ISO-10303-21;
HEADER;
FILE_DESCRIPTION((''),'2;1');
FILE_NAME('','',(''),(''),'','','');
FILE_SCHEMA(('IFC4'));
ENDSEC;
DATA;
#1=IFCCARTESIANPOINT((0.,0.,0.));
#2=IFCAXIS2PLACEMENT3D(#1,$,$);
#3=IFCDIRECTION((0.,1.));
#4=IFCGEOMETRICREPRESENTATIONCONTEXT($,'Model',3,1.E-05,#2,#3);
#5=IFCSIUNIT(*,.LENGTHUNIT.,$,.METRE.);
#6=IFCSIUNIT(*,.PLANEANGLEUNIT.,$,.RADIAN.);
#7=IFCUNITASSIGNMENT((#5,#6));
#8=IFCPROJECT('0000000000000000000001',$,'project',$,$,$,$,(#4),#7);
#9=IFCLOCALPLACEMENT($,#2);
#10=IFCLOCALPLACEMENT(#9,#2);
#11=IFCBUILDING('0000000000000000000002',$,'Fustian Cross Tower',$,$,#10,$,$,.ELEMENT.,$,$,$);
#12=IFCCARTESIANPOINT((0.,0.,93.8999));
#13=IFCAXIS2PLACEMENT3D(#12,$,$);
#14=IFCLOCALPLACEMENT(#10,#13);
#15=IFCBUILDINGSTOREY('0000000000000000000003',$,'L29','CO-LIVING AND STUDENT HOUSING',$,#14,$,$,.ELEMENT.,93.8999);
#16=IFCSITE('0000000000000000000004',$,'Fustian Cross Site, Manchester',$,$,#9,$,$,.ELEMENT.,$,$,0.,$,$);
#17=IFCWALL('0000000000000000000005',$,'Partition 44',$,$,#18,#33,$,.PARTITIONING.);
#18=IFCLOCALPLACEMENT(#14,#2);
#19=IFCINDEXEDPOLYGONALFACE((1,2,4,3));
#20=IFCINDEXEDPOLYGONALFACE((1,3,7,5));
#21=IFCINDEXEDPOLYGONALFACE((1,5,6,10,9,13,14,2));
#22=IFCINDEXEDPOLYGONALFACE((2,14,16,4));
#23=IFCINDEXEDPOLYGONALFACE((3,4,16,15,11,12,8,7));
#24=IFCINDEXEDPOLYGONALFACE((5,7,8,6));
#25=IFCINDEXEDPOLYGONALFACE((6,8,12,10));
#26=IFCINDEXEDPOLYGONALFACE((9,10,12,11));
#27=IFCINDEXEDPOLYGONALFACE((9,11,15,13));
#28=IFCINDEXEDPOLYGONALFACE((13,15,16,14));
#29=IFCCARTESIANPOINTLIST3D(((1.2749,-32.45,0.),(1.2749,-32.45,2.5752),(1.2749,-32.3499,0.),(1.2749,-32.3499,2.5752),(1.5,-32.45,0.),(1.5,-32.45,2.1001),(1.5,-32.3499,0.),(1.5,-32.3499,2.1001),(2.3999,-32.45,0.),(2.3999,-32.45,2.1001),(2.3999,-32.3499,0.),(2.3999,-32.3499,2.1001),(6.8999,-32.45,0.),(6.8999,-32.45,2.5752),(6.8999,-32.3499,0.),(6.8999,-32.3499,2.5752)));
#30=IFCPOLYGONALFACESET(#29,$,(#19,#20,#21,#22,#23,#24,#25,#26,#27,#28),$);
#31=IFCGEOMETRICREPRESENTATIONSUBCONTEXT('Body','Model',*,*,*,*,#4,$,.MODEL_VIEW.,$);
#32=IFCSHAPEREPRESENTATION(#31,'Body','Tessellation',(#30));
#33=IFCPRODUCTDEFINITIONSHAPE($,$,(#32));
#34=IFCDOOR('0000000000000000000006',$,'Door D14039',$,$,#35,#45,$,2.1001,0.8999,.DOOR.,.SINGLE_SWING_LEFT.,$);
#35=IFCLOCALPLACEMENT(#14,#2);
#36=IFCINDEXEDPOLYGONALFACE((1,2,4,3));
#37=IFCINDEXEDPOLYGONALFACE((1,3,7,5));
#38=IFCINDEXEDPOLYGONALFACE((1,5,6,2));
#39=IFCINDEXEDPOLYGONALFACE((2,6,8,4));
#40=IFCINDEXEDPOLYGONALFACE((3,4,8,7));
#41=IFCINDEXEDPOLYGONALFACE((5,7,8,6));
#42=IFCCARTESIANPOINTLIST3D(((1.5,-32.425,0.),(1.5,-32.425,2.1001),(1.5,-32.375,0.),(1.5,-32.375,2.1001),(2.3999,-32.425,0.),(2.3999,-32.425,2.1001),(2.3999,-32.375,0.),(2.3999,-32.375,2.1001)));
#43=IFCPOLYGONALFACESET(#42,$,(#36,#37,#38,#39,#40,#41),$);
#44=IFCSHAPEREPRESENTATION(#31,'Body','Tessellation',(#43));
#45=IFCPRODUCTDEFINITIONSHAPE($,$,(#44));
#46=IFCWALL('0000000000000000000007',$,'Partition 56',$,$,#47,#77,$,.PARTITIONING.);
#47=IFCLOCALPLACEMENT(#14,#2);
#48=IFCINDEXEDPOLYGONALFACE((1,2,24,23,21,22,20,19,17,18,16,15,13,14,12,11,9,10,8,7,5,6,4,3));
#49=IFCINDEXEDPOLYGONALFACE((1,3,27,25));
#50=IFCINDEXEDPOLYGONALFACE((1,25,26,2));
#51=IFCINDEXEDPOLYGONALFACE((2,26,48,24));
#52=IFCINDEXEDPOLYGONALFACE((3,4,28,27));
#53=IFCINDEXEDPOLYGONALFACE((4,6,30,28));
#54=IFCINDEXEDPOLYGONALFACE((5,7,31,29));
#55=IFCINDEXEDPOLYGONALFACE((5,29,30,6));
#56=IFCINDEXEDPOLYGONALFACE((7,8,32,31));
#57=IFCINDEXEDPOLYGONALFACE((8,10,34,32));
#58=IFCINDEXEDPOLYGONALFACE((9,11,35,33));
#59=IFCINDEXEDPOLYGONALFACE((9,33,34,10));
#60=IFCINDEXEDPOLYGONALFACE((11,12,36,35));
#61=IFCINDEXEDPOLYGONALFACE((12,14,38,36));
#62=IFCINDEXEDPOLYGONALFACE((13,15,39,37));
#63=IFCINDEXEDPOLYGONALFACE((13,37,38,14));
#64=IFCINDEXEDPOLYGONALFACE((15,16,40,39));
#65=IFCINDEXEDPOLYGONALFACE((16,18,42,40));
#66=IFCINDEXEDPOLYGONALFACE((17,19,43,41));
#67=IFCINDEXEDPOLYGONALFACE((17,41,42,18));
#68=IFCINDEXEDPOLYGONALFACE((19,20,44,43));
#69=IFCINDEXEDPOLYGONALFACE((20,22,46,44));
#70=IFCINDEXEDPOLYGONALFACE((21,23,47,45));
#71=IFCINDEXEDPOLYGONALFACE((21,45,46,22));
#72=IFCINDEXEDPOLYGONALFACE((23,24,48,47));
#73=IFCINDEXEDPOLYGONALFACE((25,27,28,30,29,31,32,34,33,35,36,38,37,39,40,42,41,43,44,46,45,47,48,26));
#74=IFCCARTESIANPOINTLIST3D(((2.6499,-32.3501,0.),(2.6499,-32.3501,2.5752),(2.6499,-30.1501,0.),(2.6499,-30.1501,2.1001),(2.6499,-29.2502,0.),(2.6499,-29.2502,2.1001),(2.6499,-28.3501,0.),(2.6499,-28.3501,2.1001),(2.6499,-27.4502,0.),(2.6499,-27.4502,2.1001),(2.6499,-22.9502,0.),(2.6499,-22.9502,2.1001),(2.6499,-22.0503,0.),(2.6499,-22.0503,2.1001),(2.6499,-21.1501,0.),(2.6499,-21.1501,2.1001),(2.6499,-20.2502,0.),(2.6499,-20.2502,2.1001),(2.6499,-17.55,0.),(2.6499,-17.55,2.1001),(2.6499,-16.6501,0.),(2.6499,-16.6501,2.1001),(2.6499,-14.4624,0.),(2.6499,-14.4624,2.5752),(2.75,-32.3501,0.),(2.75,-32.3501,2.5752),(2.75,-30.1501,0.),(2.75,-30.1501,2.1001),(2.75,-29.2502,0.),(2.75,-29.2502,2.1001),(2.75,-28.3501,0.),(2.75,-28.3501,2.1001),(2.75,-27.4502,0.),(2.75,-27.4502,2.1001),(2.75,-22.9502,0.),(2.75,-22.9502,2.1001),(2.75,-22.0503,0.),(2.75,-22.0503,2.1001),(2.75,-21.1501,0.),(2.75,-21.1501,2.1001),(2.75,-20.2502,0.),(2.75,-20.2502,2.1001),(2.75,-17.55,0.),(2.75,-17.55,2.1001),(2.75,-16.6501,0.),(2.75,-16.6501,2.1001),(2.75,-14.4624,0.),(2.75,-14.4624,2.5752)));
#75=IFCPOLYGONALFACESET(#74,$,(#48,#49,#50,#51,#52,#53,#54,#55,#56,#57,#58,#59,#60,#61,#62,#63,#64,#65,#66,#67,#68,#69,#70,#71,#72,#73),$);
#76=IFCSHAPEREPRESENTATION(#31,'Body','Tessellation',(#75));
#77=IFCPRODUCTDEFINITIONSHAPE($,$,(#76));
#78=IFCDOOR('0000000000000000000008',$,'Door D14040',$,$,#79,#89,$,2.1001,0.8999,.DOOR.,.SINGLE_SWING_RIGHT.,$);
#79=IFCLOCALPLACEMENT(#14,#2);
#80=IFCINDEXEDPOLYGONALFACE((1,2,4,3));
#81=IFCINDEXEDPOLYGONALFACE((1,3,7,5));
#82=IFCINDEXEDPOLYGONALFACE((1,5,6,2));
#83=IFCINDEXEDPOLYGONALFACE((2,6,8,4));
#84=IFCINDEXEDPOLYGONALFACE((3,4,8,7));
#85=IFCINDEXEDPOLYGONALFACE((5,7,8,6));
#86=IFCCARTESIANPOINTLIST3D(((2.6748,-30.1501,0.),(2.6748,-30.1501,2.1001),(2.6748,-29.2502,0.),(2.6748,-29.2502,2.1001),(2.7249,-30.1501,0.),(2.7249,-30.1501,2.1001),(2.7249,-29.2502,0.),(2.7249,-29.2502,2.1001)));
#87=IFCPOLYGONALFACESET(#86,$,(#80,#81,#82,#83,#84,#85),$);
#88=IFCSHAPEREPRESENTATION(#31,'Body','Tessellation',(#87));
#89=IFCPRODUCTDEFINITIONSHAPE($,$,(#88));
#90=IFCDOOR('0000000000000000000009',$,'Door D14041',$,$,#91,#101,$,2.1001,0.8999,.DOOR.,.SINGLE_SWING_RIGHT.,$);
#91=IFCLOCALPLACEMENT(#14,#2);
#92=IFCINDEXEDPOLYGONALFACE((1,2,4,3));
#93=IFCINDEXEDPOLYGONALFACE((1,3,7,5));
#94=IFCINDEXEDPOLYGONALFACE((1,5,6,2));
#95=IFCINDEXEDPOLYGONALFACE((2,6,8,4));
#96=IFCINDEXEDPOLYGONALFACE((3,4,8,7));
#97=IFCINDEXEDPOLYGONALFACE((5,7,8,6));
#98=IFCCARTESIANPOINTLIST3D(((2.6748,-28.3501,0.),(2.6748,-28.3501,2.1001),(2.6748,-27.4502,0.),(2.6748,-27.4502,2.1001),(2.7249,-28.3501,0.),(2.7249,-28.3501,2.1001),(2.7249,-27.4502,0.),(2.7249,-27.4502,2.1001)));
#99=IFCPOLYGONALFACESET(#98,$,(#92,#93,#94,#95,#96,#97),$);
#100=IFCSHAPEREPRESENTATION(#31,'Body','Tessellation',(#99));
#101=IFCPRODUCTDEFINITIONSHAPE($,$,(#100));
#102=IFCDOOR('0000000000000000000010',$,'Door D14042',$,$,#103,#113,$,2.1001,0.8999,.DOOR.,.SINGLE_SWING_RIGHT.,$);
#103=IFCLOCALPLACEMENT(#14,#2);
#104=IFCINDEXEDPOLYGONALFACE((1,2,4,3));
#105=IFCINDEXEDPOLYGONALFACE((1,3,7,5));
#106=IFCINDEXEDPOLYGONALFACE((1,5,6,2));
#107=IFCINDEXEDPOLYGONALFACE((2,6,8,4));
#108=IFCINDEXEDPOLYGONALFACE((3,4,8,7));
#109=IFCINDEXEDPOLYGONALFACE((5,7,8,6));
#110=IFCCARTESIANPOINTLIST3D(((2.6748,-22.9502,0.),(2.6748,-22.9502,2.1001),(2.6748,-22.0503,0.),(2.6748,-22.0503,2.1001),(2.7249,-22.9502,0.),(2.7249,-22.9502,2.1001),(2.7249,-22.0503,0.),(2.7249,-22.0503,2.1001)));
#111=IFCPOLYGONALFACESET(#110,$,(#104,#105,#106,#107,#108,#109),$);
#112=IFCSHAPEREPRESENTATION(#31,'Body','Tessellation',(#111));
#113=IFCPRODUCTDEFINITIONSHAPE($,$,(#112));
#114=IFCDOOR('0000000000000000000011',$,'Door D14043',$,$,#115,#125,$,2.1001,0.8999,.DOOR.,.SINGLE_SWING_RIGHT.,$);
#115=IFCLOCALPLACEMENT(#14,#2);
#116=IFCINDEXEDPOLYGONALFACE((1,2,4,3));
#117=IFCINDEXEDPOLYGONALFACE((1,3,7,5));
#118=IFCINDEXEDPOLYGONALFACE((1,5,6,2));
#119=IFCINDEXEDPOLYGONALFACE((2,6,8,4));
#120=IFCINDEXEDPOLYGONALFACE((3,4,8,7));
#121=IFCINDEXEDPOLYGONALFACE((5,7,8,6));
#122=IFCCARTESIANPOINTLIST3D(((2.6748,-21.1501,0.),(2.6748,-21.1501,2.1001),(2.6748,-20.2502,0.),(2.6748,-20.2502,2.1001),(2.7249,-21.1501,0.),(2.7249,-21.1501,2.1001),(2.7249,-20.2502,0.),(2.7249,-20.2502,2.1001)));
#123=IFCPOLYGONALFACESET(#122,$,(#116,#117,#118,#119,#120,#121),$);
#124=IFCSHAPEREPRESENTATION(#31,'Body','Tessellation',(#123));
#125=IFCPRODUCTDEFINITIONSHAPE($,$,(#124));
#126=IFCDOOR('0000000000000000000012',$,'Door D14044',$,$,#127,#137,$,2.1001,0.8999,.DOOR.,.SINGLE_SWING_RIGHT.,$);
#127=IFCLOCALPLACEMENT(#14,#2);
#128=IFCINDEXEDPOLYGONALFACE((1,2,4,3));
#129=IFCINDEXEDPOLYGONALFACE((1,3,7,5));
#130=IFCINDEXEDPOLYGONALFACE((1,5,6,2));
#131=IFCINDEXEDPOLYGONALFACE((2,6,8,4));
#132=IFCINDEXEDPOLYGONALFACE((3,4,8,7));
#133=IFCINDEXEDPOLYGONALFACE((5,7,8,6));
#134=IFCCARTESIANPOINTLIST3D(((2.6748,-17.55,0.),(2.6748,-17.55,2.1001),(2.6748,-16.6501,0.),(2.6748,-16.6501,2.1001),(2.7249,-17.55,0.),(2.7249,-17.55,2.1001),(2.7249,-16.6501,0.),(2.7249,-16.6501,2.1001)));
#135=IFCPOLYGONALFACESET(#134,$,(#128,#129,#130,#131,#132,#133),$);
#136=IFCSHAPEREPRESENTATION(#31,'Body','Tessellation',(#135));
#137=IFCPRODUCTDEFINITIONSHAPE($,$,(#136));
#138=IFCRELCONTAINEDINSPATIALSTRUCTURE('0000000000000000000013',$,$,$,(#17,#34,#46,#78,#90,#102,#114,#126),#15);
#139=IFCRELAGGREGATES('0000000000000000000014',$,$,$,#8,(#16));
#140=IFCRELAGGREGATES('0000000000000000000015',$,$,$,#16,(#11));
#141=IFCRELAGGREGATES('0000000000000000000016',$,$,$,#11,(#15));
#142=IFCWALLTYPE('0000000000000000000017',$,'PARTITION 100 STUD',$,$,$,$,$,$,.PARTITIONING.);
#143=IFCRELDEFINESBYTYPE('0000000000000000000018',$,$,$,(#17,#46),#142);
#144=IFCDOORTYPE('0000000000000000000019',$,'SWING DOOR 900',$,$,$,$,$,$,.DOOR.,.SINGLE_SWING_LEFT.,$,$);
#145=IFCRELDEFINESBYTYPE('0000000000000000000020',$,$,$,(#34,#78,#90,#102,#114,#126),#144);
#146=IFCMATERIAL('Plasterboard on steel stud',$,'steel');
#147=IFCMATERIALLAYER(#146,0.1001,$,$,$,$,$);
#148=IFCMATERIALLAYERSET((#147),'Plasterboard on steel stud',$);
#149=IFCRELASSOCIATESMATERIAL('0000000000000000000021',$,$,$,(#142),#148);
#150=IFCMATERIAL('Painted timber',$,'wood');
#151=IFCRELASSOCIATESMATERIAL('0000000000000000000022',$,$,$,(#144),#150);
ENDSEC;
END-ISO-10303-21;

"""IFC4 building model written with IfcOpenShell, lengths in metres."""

from ifc_helpers import new_model, si_unit, direction, frame, frame_2d, origin, place, context, subcontext, project, spatial, rectangle, extrude, material, layer, layer_set, type_object, element, fill, save


model = new_model("IFC4")

# Units and contexts
model_context = context("Model", 3, precision=1e-05, world=origin(), true_north=direction((0.0, 1.0)))
body_context = subcontext(model_context, "Body", "Model", "MODEL_VIEW")
ifc_project = project(units=[si_unit("LENGTHUNIT", "METRE"), si_unit("PLANEANGLEUNIT", "RADIAN")], contexts=[model_context])

# Site, building, storey
site_placement = place(None, origin())
site = spatial("IfcSite", under=ifc_project, at=site_placement, Name="Fustian Cross Site, Manchester", CompositionType="ELEMENT", RefElevation=0.0)
building_placement = place(site_placement, origin())
building = spatial("IfcBuilding", under=site, at=building_placement, Name="Fustian Cross Tower", CompositionType="ELEMENT")
storey_placement = place(building_placement, frame((0.0, 0.0, 93.8999)))
storey = spatial("IfcBuildingStorey", under=building, at=storey_placement, Name="L29", Description="CO-LIVING AND STUDENT HOUSING", CompositionType="ELEMENT", Elevation=93.8999)

# Wall, opening, door
ifc_material_1 = material(Name="Plasterboard on steel stud", Category="steel")
ifc_layer = layer(ifc_material_1, 0.1001)
ifc_layer_set = layer_set([ifc_layer], Name="Plasterboard on steel stud")
wall_type = type_object("IfcWallType", Name="PARTITION 100 STUD", PredefinedType="PARTITIONING", material=ifc_layer_set)
wall_1_placement = place(storey_placement, frame((1.2749, -32.3999, 0.0), z_axis=(0.0, 0.0, 1.0), x_axis=(1.0, 0.0, 0.0)))
wall_1 = element("IfcWall", 1, at=wall_1_placement, inside=storey, type_object=wall_type, Name="Partition 44", PredefinedType="PARTITIONING", context=body_context, shape_type="SweptSolid", body=[
    extrude(rectangle(XDim=5.625, YDim=0.1001, at=frame_2d((2.8125, 0.0))), origin(), (0.0, 0.0, 1.0), 2.5752),
])
opening_1_placement = place(wall_1_placement, frame((0.2251, 0.0, 0.0)))
opening_1 = element("IfcOpeningElement", 2, at=opening_1_placement, cuts=wall_1, PredefinedType="OPENING", context=body_context, shape_type="SweptSolid", body=[
    extrude(rectangle(XDim=0.8999, YDim=2.1001, at=frame_2d((0.45, 1.05))), frame((0.0, 0.0601, 0.0), z_axis=(0.0, -1.0, 0.0), x_axis=(1.0, 0.0, 0.0)), (0.0, 0.0, 1.0), 0.1201),
])
ifc_material_2 = material(Name="Painted timber", Category="wood")
door_type_1 = type_object("IfcDoorType", Name="SWING DOOR 900", OperationType="SINGLE_SWING_LEFT", PredefinedType="DOOR", material=ifc_material_2)
door_1_placement = place(opening_1_placement, origin())
door_1 = element("IfcDoor", 3, at=door_1_placement, inside=storey, type_object=door_type_1, Name="Door D14039", OperationType="SINGLE_SWING_LEFT", OverallHeight=2.1001, OverallWidth=0.8999, PredefinedType="DOOR", context=body_context, shape_type="SweptSolid", body=[
    extrude(rectangle(XDim=0.8999, YDim=2.1001, at=frame_2d((0.45, 1.05))), frame((0.0, 0.0249, 0.0), z_axis=(0.0, -1.0, 0.0), x_axis=(1.0, 0.0, 0.0)), (0.0, 0.0, 1.0), 0.05),
])
fill(opening_1, door_1)

# Wall, openings, doors
wall_2_placement = place(storey_placement, frame((2.7, -32.3501, 0.0), z_axis=(0.0, 0.0, 1.0), x_axis=(0.0, 1.0, 0.0)))
wall_2 = element("IfcWall", 4, at=wall_2_placement, inside=storey, type_object=wall_type, Name="Partition 56", PredefinedType="PARTITIONING", context=body_context, shape_type="SweptSolid", body=[
    extrude(rectangle(XDim=17.8877, YDim=0.1001, at=frame_2d((8.9438, 0.0))), origin(), (0.0, 0.0, 1.0), 2.5752),
])
opening_2_placement = place(wall_2_placement, frame((2.2, 0.0, 0.0)))
opening_2 = element("IfcOpeningElement", 5, at=opening_2_placement, cuts=wall_2, PredefinedType="OPENING", context=body_context, shape_type="SweptSolid", body=[
    extrude(rectangle(XDim=0.8999, YDim=2.1001, at=frame_2d((0.45, 1.05))), frame((0.0, 0.0601, 0.0), z_axis=(0.0, -1.0, 0.0), x_axis=(1.0, 0.0, 0.0)), (0.0, 0.0, 1.0), 0.1201),
])
opening_3_placement = place(wall_2_placement, frame((4.0, 0.0, 0.0)))
opening_3 = element("IfcOpeningElement", 6, at=opening_3_placement, cuts=wall_2, PredefinedType="OPENING", context=body_context, shape_type="SweptSolid", body=[
    extrude(rectangle(XDim=0.8999, YDim=2.1001, at=frame_2d((0.45, 1.05))), frame((0.0, 0.0601, 0.0), z_axis=(0.0, -1.0, 0.0), x_axis=(1.0, 0.0, 0.0)), (0.0, 0.0, 1.0), 0.1201),
])
opening_4_placement = place(wall_2_placement, frame((9.3999, 0.0, 0.0)))
opening_4 = element("IfcOpeningElement", 7, at=opening_4_placement, cuts=wall_2, PredefinedType="OPENING", context=body_context, shape_type="SweptSolid", body=[
    extrude(rectangle(XDim=0.8999, YDim=2.1001, at=frame_2d((0.45, 1.05))), frame((0.0, 0.0601, 0.0), z_axis=(0.0, -1.0, 0.0), x_axis=(1.0, 0.0, 0.0)), (0.0, 0.0, 1.0), 0.1201),
])
opening_5_placement = place(wall_2_placement, frame((11.2, 0.0, 0.0)))
opening_5 = element("IfcOpeningElement", 8, at=opening_5_placement, cuts=wall_2, PredefinedType="OPENING", context=body_context, shape_type="SweptSolid", body=[
    extrude(rectangle(XDim=0.8999, YDim=2.1001, at=frame_2d((0.45, 1.05))), frame((0.0, 0.0601, 0.0), z_axis=(0.0, -1.0, 0.0), x_axis=(1.0, 0.0, 0.0)), (0.0, 0.0, 1.0), 0.1201),
])
opening_6_placement = place(wall_2_placement, frame((14.8, 0.0, 0.0)))
opening_6 = element("IfcOpeningElement", 9, at=opening_6_placement, cuts=wall_2, PredefinedType="OPENING", context=body_context, shape_type="SweptSolid", body=[
    extrude(rectangle(XDim=0.8999, YDim=2.1001, at=frame_2d((0.45, 1.05))), frame((0.0, 0.0601, 0.0), z_axis=(0.0, -1.0, 0.0), x_axis=(1.0, 0.0, 0.0)), (0.0, 0.0, 1.0), 0.1201),
])
door_2_placement = place(opening_2_placement, frame((0.8999, 0.0, 0.0), z_axis=(0.0, 0.0, 1.0), x_axis=(-1.0, 0.0, 0.0)))
door_2 = element("IfcDoor", 10, at=door_2_placement, inside=storey, type_object=door_type_1, Name="Door D14040", OperationType="SINGLE_SWING_RIGHT", OverallHeight=2.1001, OverallWidth=0.8999, PredefinedType="DOOR", context=body_context, shape_type="SweptSolid", body=[
    extrude(rectangle(XDim=0.8999, YDim=2.1001, at=frame_2d((0.45, 1.05))), frame((0.0, 0.0249, 0.0), z_axis=(0.0, -1.0, 0.0), x_axis=(1.0, 0.0, 0.0)), (0.0, 0.0, 1.0), 0.05),
])
fill(opening_2, door_2)
door_3_placement = place(opening_3_placement, frame((0.8999, 0.0, 0.0), z_axis=(0.0, 0.0, 1.0), x_axis=(-1.0, 0.0, 0.0)))
door_3 = element("IfcDoor", 11, at=door_3_placement, inside=storey, type_object=door_type_1, Name="Door D14041", OperationType="SINGLE_SWING_RIGHT", OverallHeight=2.1001, OverallWidth=0.8999, PredefinedType="DOOR", context=body_context, shape_type="SweptSolid", body=[
    extrude(rectangle(XDim=0.8999, YDim=2.1001, at=frame_2d((0.45, 1.05))), frame((0.0, 0.0249, 0.0), z_axis=(0.0, -1.0, 0.0), x_axis=(1.0, 0.0, 0.0)), (0.0, 0.0, 1.0), 0.05),
])
fill(opening_3, door_3)
door_4_placement = place(opening_4_placement, frame((0.8999, 0.0, 0.0), z_axis=(0.0, 0.0, 1.0), x_axis=(-1.0, 0.0, 0.0)))
door_4 = element("IfcDoor", 12, at=door_4_placement, inside=storey, type_object=door_type_1, Name="Door D14042", OperationType="SINGLE_SWING_RIGHT", OverallHeight=2.1001, OverallWidth=0.8999, PredefinedType="DOOR", context=body_context, shape_type="SweptSolid", body=[
    extrude(rectangle(XDim=0.8999, YDim=2.1001, at=frame_2d((0.45, 1.05))), frame((0.0, 0.0249, 0.0), z_axis=(0.0, -1.0, 0.0), x_axis=(1.0, 0.0, 0.0)), (0.0, 0.0, 1.0), 0.05),
])
fill(opening_4, door_4)
door_5_placement = place(opening_5_placement, frame((0.8999, 0.0, 0.0), z_axis=(0.0, 0.0, 1.0), x_axis=(-1.0, 0.0, 0.0)))
door_5 = element("IfcDoor", 13, at=door_5_placement, inside=storey, type_object=door_type_1, Name="Door D14043", OperationType="SINGLE_SWING_RIGHT", OverallHeight=2.1001, OverallWidth=0.8999, PredefinedType="DOOR", context=body_context, shape_type="SweptSolid", body=[
    extrude(rectangle(XDim=0.8999, YDim=2.1001, at=frame_2d((0.45, 1.05))), frame((0.0, 0.0249, 0.0), z_axis=(0.0, -1.0, 0.0), x_axis=(1.0, 0.0, 0.0)), (0.0, 0.0, 1.0), 0.05),
])
fill(opening_5, door_5)
door_6_placement = place(opening_6_placement, frame((0.8999, 0.0, 0.0), z_axis=(0.0, 0.0, 1.0), x_axis=(-1.0, 0.0, 0.0)))
door_6 = element("IfcDoor", 14, at=door_6_placement, inside=storey, type_object=door_type_1, Name="Door D14044", OperationType="SINGLE_SWING_RIGHT", OverallHeight=2.1001, OverallWidth=0.8999, PredefinedType="DOOR", context=body_context, shape_type="SweptSolid", body=[
    extrude(rectangle(XDim=0.8999, YDim=2.1001, at=frame_2d((0.45, 1.05))), frame((0.0, 0.0249, 0.0), z_axis=(0.0, -1.0, 0.0), x_axis=(1.0, 0.0, 0.0)), (0.0, 0.0, 1.0), 0.05),
])
fill(opening_6, door_6)

save(model, "model.ifc")
